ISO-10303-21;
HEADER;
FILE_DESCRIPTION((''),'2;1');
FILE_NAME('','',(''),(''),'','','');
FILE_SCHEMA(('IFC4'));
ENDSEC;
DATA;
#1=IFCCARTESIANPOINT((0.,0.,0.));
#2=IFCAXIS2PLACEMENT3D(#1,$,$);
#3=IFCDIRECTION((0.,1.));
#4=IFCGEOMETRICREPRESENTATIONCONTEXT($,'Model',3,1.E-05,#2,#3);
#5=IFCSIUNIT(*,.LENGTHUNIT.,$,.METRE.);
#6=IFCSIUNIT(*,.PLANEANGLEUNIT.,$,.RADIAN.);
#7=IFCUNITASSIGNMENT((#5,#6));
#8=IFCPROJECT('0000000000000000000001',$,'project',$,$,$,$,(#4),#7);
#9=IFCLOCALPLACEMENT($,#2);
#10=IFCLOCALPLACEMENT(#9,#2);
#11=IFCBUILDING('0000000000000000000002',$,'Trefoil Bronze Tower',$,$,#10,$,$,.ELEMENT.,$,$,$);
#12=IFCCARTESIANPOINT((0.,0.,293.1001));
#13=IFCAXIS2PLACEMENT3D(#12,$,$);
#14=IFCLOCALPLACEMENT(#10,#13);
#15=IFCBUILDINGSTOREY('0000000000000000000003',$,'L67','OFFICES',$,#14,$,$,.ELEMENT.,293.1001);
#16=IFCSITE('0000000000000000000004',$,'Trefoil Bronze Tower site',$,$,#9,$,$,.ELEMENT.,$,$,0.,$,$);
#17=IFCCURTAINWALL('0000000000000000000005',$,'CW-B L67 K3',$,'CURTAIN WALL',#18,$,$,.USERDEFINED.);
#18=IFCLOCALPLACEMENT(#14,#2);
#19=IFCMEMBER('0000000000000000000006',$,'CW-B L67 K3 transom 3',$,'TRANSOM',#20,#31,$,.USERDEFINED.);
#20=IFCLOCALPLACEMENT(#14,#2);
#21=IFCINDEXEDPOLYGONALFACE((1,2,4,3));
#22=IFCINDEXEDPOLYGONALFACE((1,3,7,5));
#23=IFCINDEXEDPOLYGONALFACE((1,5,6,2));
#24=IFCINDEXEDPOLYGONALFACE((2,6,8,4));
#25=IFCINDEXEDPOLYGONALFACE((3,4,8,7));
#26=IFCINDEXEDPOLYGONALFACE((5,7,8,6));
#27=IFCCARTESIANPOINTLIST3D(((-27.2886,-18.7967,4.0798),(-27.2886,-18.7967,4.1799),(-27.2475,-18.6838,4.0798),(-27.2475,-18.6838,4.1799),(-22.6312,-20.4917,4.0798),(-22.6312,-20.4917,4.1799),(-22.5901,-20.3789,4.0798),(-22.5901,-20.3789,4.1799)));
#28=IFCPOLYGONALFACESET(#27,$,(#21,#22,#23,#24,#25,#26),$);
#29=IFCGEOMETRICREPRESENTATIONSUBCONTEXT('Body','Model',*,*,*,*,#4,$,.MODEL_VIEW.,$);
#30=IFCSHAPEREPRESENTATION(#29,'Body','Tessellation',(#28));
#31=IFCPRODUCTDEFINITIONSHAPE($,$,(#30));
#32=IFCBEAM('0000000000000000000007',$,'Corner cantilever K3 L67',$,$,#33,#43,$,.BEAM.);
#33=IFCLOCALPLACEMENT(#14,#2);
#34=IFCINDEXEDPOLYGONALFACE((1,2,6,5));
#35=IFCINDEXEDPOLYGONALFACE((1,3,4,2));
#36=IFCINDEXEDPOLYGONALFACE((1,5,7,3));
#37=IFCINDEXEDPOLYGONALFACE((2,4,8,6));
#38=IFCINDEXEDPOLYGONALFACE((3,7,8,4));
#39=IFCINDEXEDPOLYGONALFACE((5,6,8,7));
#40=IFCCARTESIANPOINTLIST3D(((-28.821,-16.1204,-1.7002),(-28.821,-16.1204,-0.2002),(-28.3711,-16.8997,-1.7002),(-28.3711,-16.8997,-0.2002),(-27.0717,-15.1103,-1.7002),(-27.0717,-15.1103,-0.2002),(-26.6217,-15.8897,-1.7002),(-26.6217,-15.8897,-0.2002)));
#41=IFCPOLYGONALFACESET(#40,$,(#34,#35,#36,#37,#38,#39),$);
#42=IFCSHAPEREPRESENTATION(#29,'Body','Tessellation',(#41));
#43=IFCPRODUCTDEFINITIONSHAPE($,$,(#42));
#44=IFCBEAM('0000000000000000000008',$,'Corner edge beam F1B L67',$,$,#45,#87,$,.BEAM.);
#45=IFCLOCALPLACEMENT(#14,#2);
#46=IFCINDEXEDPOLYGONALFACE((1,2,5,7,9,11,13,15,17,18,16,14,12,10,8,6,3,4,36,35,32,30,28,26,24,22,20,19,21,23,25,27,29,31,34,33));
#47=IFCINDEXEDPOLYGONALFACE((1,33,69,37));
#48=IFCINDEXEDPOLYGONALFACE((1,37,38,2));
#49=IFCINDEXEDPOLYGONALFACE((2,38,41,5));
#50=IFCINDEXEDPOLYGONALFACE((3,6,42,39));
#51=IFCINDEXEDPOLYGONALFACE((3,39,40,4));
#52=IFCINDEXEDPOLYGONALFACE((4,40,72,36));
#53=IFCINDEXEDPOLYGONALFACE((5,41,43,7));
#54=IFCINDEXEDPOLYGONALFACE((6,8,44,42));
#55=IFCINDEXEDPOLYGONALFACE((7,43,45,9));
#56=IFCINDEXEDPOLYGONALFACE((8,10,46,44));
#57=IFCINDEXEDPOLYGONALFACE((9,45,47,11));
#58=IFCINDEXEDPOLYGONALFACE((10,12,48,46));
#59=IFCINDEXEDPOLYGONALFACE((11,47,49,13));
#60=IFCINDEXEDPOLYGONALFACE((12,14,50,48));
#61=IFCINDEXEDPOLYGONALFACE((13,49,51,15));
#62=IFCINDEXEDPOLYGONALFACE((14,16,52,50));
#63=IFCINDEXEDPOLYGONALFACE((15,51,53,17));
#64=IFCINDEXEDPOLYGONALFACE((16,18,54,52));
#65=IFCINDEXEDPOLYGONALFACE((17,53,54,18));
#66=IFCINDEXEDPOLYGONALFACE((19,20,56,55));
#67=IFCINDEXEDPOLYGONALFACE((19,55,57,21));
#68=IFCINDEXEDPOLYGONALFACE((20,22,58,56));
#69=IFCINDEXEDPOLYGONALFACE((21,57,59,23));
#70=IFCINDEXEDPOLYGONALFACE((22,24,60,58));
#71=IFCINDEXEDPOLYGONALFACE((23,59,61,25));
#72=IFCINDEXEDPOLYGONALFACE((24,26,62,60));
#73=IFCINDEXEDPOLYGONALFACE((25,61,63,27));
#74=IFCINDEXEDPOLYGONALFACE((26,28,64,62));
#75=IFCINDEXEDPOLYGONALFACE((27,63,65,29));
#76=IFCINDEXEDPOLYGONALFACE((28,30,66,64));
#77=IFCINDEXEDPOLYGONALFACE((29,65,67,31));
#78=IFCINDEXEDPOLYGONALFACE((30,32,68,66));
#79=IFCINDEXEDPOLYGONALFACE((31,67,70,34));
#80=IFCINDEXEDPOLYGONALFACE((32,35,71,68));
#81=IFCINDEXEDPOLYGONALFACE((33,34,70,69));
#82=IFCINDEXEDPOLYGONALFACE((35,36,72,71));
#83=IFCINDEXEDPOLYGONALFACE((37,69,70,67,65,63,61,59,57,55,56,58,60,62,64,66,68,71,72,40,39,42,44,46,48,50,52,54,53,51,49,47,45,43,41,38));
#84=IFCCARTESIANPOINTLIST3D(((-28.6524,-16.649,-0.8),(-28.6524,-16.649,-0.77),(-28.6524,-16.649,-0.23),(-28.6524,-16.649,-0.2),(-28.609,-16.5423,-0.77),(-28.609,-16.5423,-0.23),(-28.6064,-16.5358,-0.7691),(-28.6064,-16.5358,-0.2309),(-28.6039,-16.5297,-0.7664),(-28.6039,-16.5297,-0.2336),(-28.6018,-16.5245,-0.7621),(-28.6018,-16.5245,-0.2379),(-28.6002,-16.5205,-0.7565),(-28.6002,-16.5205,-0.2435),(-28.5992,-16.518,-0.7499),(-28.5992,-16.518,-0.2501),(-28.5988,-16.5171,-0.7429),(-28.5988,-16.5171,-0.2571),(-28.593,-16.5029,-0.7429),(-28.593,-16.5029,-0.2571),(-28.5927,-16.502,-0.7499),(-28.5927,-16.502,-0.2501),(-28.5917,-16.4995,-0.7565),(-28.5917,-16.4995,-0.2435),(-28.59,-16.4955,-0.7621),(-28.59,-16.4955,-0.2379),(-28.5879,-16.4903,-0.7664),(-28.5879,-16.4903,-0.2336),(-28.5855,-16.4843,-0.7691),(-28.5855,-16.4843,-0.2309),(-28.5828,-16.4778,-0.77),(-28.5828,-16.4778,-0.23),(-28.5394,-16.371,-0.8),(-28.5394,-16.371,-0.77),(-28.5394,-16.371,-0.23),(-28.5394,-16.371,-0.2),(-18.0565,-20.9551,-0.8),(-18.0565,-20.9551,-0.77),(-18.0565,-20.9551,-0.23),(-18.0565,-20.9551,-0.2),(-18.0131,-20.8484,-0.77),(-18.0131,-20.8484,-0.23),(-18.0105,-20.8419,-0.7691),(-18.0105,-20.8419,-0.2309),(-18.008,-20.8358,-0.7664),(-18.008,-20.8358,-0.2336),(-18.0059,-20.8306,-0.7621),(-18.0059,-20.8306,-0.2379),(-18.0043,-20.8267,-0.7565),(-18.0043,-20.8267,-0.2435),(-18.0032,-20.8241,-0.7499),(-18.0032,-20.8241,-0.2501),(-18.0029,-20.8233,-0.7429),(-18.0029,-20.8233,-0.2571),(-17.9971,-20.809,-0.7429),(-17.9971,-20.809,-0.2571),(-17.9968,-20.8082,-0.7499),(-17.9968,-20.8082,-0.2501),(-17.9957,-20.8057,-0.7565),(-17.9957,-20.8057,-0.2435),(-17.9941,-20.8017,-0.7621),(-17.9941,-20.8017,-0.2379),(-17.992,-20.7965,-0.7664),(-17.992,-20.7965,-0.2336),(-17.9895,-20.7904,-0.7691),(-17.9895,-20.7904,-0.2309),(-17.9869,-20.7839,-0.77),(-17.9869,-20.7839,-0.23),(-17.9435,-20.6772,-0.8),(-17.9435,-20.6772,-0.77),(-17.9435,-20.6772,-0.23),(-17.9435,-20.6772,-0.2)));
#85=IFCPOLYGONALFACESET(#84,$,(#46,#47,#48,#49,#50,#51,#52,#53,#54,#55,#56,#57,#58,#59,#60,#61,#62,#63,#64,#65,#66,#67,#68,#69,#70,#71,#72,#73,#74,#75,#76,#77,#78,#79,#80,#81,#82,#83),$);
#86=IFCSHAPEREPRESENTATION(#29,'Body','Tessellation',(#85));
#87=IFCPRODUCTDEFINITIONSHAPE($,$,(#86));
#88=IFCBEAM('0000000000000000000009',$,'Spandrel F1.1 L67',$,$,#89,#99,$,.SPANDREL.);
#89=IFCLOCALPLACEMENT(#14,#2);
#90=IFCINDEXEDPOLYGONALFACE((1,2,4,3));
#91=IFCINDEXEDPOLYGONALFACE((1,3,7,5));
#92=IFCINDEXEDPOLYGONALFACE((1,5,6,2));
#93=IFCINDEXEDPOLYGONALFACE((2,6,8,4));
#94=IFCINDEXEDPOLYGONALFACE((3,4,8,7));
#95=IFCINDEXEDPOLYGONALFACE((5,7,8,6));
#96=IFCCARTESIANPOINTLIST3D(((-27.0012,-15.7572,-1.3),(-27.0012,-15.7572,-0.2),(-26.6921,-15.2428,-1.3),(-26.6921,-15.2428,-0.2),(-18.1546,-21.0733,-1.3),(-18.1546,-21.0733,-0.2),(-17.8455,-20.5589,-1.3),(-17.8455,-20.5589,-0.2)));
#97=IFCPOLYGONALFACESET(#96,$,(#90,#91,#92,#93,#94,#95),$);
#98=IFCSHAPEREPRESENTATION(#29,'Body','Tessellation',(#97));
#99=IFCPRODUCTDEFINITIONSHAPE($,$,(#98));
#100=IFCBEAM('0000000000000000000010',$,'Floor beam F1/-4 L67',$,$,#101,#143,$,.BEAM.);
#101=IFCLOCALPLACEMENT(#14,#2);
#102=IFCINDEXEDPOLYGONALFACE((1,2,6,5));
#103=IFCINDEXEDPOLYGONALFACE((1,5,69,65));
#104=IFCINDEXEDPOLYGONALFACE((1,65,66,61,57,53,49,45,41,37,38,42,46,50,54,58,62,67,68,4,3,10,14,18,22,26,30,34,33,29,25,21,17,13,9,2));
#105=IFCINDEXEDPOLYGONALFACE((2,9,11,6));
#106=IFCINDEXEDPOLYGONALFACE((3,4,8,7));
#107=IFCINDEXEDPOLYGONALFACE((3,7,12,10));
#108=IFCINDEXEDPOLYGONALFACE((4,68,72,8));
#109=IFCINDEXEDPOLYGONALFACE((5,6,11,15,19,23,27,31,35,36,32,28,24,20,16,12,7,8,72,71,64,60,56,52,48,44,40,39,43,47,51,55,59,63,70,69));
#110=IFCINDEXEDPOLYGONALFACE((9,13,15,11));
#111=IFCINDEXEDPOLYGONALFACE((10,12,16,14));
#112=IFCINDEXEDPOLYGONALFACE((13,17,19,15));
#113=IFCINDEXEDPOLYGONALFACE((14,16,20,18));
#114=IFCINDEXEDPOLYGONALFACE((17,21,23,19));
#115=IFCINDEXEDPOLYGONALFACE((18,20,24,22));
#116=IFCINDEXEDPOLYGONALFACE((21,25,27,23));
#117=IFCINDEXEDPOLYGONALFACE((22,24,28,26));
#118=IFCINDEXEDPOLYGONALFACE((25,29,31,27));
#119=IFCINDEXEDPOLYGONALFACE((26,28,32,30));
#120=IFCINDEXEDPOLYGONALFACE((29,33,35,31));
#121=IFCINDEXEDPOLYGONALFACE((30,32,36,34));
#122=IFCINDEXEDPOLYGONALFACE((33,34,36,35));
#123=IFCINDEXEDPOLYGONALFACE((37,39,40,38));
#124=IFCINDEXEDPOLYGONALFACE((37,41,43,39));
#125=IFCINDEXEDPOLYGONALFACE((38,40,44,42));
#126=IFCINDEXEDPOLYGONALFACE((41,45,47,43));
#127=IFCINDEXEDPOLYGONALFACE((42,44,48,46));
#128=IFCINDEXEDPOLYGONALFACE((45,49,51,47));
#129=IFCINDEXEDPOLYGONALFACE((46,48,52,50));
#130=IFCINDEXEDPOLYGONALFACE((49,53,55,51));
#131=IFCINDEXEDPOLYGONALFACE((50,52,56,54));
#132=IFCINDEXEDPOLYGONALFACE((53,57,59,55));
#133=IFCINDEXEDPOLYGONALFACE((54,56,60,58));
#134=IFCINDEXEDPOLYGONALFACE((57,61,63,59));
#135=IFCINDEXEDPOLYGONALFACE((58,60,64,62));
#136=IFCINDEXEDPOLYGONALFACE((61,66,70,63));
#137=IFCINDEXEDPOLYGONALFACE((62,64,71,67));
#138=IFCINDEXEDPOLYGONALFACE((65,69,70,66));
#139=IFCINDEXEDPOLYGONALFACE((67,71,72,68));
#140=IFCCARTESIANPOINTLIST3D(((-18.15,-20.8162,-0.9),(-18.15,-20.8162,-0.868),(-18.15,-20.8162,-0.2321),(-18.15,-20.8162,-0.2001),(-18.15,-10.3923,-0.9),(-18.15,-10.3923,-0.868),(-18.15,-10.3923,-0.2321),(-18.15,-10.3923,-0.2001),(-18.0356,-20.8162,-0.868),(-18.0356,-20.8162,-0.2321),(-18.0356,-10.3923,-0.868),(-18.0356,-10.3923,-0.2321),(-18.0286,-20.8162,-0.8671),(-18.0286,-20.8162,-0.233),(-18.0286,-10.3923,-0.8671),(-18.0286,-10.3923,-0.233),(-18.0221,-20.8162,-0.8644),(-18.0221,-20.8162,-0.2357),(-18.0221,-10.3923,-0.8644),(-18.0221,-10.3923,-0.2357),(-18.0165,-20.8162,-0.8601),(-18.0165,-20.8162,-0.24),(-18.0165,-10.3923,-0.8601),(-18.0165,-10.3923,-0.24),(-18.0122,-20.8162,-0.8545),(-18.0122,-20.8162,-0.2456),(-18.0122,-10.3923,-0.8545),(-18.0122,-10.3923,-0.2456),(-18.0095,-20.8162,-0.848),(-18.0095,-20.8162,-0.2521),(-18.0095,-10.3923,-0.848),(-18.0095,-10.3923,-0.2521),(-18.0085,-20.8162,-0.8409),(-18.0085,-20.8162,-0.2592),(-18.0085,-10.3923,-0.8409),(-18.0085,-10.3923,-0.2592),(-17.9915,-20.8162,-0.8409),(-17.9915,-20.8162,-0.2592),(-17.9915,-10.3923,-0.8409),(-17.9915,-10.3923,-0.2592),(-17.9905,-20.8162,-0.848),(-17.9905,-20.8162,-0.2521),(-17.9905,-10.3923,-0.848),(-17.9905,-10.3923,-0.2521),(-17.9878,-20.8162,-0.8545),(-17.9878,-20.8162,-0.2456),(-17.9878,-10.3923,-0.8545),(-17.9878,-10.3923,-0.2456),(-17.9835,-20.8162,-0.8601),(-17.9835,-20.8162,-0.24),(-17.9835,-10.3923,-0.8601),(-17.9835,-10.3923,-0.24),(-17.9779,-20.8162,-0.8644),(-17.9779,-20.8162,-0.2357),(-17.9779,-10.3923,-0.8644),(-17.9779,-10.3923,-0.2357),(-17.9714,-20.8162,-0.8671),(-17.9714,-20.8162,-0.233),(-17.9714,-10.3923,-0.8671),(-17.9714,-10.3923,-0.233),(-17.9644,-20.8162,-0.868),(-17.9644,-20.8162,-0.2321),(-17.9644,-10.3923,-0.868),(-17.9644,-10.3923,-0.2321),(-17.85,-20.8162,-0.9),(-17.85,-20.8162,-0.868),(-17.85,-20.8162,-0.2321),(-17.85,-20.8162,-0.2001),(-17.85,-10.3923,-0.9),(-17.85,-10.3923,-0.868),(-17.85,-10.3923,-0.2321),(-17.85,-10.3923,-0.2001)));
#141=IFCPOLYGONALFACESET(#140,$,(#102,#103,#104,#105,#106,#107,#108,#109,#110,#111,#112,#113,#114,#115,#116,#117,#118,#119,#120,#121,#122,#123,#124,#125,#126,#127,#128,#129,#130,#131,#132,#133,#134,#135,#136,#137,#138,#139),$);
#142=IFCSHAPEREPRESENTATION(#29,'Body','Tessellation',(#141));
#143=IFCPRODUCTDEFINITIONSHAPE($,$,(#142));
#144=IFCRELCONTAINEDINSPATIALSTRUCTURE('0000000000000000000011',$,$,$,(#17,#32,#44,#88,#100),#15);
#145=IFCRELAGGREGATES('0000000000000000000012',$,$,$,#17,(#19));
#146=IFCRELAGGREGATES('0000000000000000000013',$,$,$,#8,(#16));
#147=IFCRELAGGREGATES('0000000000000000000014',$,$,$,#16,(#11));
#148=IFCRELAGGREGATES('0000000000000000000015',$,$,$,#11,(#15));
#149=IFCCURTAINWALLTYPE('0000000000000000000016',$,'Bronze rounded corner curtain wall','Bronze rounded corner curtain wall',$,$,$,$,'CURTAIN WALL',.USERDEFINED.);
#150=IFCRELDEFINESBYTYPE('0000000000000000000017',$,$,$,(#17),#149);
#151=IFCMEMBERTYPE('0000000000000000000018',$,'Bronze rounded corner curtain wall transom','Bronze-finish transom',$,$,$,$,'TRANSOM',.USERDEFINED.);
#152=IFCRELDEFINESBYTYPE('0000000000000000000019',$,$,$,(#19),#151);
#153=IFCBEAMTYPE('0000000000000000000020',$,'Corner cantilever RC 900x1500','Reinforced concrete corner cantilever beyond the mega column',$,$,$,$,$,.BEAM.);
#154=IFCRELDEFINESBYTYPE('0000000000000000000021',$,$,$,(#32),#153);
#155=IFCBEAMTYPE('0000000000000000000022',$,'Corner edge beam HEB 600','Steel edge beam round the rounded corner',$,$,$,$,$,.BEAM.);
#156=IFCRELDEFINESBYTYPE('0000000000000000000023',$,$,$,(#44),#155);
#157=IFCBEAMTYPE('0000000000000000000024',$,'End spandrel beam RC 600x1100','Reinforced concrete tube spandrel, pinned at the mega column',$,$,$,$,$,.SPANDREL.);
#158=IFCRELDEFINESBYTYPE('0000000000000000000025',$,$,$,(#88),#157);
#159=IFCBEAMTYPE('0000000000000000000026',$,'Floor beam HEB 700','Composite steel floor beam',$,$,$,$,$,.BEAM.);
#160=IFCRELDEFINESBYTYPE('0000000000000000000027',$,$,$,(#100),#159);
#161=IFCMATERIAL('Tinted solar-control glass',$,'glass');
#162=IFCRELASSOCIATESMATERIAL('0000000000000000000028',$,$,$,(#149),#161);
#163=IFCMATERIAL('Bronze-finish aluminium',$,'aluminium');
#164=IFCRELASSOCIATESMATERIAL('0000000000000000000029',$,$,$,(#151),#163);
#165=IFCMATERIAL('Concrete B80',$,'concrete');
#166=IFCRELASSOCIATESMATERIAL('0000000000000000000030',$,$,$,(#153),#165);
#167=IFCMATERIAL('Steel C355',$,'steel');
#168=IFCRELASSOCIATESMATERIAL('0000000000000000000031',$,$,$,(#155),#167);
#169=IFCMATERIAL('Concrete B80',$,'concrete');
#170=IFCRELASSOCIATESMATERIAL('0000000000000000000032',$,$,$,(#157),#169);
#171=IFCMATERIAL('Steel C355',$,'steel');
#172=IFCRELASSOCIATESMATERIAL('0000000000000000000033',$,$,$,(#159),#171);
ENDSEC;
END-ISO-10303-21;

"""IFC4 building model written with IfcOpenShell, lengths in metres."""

from ifc_helpers import new_model, si_unit, direction, frame, origin, origin_2d, place, context, subcontext, project, spatial, rectangle, i_section, extrude, material, material_profile, profile_set, type_object, element, aggregate, save


model = new_model("IFC4")

# Units and contexts
model_context = context("Model", 3, precision=1e-05, world=origin(), true_north=direction((0.0, 1.0)))
body_context = subcontext(model_context, "Body", "Model", "MODEL_VIEW")
ifc_project = project(units=[si_unit("LENGTHUNIT", "METRE"), si_unit("PLANEANGLEUNIT", "RADIAN")], contexts=[model_context])

# Site, building, storey
site_placement = place(None, origin())
site = spatial("IfcSite", under=ifc_project, at=site_placement, Name="Trefoil Bronze Tower site", CompositionType="ELEMENT", RefElevation=0.0)
building_placement = place(site_placement, origin())
building = spatial("IfcBuilding", under=site, at=building_placement, Name="Trefoil Bronze Tower", CompositionType="ELEMENT")
storey_placement = place(building_placement, frame((0.0, 0.0, 293.1001)))
storey = spatial("IfcBuildingStorey", under=building, at=storey_placement, Name="L67", Description="OFFICES", CompositionType="ELEMENT", Elevation=293.1001)

# Curtain wall, member
ifc_material_1 = material(Name="Tinted solar-control glass", Category="glass")
curtain_wall_type_1 = type_object("IfcCurtainWallType", Name="Bronze rounded corner curtain wall", Description="Bronze rounded corner curtain wall", ElementType="CURTAIN WALL", PredefinedType="USERDEFINED", material=ifc_material_1)
curtain_wall_1_placement = place(storey_placement, origin())
curtain_wall_1 = element("IfcCurtainWall", 1, at=curtain_wall_1_placement, inside=storey, type_object=curtain_wall_type_1, Name="CW-B L67 K3", ObjectType="CURTAIN WALL", PredefinedType="USERDEFINED")
ifc_material_2 = material(Name="Bronze-finish aluminium", Category="aluminium")
ifc_material_profile_1 = material_profile(ifc_material_2, rectangle(XDim=0.1201, YDim=0.1001, at=origin_2d()), Name="CW-B transom")
ifc_profile_set_1 = profile_set([ifc_material_profile_1], Name="Bronze-finish aluminium")
member_type_1 = type_object("IfcMemberType", Name="Bronze rounded corner curtain wall transom", Description="Bronze-finish transom", ElementType="TRANSOM", PredefinedType="USERDEFINED", material=ifc_profile_set_1)
member_1_placement = place(storey_placement, frame((-27.2681, -18.7402, 4.1299), z_axis=(0.9397, -0.342, 0.0), x_axis=(0.342, 0.9397, 0.0)))
member_1 = element("IfcMember", 2, at=member_1_placement, type_object=member_type_1, Name="CW-B L67 K3 transom 3", ObjectType="TRANSOM", PredefinedType="USERDEFINED", context=body_context, shape_type="SweptSolid", body=[
    extrude(rectangle(XDim=0.1201, YDim=0.1001, at=origin_2d()), origin(), (0.0, 0.0, 1.0), 4.9563),
])

# Beams
ifc_material_3 = material(Name="Concrete B80", Category="concrete")
ifc_material_profile_2 = material_profile(ifc_material_3, rectangle(XDim=0.8999, YDim=1.5, at=origin_2d()), Name="RC 900x1500")
ifc_profile_set_2 = profile_set([ifc_material_profile_2], Name="Concrete B80")
beam_type_1 = type_object("IfcBeamType", Name="Corner cantilever RC 900x1500", Description="Reinforced concrete corner cantilever beyond the mega column", PredefinedType="BEAM", material=ifc_profile_set_2)
beam_1_placement = place(storey_placement, frame((-26.8467, -15.5, -0.9502), z_axis=(-0.86601, -0.500026, 0.0), x_axis=(0.500026, -0.86601, 0.0)))
element("IfcBeam", 3, at=beam_1_placement, inside=storey, type_object=beam_type_1, Name="Corner cantilever K3 L67", PredefinedType="BEAM", context=body_context, shape_type="SweptSolid", body=[
    extrude(rectangle(XDim=0.8999, YDim=1.5, at=origin_2d()), origin(), (0.0, 0.0, 1.0), 2.02),
])
ifc_material_4 = material(Name="Steel C355", Category="steel")
ifc_material_profile_3 = material_profile(ifc_material_4, i_section(OverallWidth=0.3, OverallDepth=0.6001, WebThickness=0.0154, FlangeThickness=0.03, FilletRadius=0.0271, at=origin_2d()), Name="HEB 600")
ifc_profile_set_3 = profile_set([ifc_material_profile_3], Name="Steel C355")
beam_type_2 = type_object("IfcBeamType", Name="Corner edge beam HEB 600", Description="Steel edge beam round the rounded corner", PredefinedType="BEAM", material=ifc_profile_set_3)
beam_2_placement = place(storey_placement, frame((-18.0, -20.8162, -0.5), z_axis=(-0.926419, 0.376493, 0.0), x_axis=(-0.376493, -0.926419, 0.0)))
element("IfcBeam", 4, at=beam_2_placement, inside=storey, type_object=beam_type_2, Name="Corner edge beam F1B L67", PredefinedType="BEAM", context=body_context, shape_type="SweptSolid", body=[
    extrude(i_section(OverallWidth=0.3, OverallDepth=0.6001, WebThickness=0.0154, FlangeThickness=0.03, FilletRadius=0.0271, at=origin_2d()), origin(), (0.0, 0.0, 1.0), 11.4375),
])
ifc_material_5 = material(Name="Concrete B80", Category="concrete")
ifc_material_profile_4 = material_profile(ifc_material_5, rectangle(XDim=0.6001, YDim=1.1001, at=origin_2d()), Name="RC 600x1100")
ifc_profile_set_4 = profile_set([ifc_material_profile_4], Name="Concrete B80")
beam_type_3 = type_object("IfcBeamType", Name="End spandrel beam RC 600x1100", Description="Reinforced concrete tube spandrel, pinned at the mega column", PredefinedType="SPANDREL", material=ifc_profile_set_4)
beam_3_placement = place(storey_placement, frame((-26.8467, -15.5, -0.75), z_axis=(0.857144, -0.515077, 0.0), x_axis=(0.515077, 0.857144, 0.0)))
element("IfcBeam", 5, at=beam_3_placement, inside=storey, type_object=beam_type_3, Name="Spandrel F1.1 L67", PredefinedType="SPANDREL", context=body_context, shape_type="SweptSolid", body=[
    extrude(rectangle(XDim=0.6001, YDim=1.1001, at=origin_2d()), origin(), (0.0, 0.0, 1.0), 10.321),
])
ifc_material_6 = material(Name="Steel C355", Category="steel")
ifc_material_profile_5 = material_profile(ifc_material_6, i_section(OverallWidth=0.3, OverallDepth=0.7, WebThickness=0.0171, FlangeThickness=0.032, FilletRadius=0.0271, at=origin_2d()), Name="HEB 700")
ifc_profile_set_5 = profile_set([ifc_material_profile_5], Name="Steel C355")
beam_type_4 = type_object("IfcBeamType", Name="Floor beam HEB 700", Description="Composite steel floor beam", PredefinedType="BEAM", material=ifc_profile_set_5)
beam_4_placement = place(storey_placement, frame((-18.0, -20.8162, -0.55), z_axis=(0.0, 1.0, 0.0), x_axis=(-1.0, 0.0, 0.0)))
element("IfcBeam", 6, at=beam_4_placement, inside=storey, type_object=beam_type_4, Name="Floor beam F1/-4 L67", PredefinedType="BEAM", context=body_context, shape_type="SweptSolid", body=[
    extrude(i_section(OverallWidth=0.3, OverallDepth=0.7, WebThickness=0.0171, FlangeThickness=0.032, FilletRadius=0.0271, at=origin_2d()), origin(), (0.0, 0.0, 1.0), 10.4238),
])

aggregate(curtain_wall_1, [member_1])

save(model, "model.ifc")
